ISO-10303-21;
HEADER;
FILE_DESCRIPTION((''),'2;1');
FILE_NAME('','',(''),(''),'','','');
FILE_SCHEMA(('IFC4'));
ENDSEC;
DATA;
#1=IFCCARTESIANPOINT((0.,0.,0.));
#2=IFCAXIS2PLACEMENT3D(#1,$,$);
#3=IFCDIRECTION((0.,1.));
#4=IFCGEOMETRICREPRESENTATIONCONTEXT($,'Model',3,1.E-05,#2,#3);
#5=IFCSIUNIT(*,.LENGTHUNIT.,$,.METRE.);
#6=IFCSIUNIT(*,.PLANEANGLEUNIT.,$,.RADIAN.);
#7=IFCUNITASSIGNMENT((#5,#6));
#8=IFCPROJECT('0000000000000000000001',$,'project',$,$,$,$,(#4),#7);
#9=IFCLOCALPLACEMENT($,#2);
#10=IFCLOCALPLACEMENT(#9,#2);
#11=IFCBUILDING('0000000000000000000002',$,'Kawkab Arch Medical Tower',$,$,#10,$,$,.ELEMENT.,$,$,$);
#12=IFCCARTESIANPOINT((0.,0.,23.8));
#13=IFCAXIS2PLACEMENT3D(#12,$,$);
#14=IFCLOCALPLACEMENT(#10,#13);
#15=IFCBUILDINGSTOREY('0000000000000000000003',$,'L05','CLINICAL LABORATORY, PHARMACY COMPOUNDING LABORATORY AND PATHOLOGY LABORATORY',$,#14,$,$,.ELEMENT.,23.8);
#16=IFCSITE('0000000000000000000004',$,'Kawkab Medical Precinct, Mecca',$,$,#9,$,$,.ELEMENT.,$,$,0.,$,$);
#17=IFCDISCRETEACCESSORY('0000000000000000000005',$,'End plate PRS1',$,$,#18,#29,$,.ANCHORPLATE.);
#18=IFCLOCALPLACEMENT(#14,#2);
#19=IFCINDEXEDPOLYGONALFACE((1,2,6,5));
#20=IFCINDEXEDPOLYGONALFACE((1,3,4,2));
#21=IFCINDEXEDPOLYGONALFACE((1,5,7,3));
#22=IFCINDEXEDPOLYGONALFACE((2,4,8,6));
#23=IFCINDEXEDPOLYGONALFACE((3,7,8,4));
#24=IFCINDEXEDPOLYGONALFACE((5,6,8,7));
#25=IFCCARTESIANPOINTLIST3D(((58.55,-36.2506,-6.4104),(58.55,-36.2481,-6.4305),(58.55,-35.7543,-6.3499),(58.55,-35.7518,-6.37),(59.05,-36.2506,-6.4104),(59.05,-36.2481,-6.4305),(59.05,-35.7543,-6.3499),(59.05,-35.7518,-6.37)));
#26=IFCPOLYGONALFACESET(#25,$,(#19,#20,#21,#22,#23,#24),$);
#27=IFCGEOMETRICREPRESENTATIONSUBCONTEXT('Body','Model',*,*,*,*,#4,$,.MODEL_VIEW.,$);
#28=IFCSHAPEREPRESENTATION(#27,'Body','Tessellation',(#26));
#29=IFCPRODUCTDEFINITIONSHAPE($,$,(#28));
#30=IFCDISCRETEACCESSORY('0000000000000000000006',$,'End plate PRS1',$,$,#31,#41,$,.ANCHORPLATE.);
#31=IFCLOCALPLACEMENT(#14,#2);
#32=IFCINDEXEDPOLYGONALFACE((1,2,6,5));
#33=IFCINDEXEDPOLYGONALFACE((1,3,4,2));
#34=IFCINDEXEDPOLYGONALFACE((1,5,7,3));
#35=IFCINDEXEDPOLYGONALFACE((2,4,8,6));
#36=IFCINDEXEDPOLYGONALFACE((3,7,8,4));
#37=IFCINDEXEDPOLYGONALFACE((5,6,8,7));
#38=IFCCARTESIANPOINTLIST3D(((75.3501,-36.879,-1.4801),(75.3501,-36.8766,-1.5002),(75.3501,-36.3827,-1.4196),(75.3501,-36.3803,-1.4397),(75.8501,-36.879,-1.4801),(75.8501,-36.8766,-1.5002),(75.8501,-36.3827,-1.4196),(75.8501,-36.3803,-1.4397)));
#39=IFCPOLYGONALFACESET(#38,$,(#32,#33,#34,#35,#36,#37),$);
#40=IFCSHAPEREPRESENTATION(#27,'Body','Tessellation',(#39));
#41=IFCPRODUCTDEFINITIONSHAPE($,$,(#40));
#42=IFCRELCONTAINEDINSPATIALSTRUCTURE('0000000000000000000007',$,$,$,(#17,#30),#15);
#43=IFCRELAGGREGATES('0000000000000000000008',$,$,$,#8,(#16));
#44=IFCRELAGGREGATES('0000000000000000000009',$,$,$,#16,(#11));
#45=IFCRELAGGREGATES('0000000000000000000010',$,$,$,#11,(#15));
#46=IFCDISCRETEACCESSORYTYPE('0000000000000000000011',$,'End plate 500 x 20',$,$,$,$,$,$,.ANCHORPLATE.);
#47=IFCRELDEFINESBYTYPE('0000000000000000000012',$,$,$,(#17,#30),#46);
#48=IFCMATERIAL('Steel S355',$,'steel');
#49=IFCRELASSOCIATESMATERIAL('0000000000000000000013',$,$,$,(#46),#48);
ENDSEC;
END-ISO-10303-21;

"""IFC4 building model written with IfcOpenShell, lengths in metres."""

from ifc_helpers import new_model, si_unit, direction, frame, origin, origin_2d, place, context, subcontext, project, spatial, rectangle, extrude, material, material_profile, profile_set, type_object, element, save


model = new_model("IFC4")

# Units and contexts
model_context = context("Model", 3, precision=1e-05, world=origin(), true_north=direction((0.0, 1.0)))
body_context = subcontext(model_context, "Body", "Model", "MODEL_VIEW")
ifc_project = project(units=[si_unit("LENGTHUNIT", "METRE"), si_unit("PLANEANGLEUNIT", "RADIAN")], contexts=[model_context])

# Site, building, storey
site_placement = place(None, origin())
site = spatial("IfcSite", under=ifc_project, at=site_placement, Name="Kawkab Medical Precinct, Mecca", CompositionType="ELEMENT", RefElevation=0.0)
building_placement = place(site_placement, origin())
building = spatial("IfcBuilding", under=site, at=building_placement, Name="Kawkab Arch Medical Tower", CompositionType="ELEMENT")
storey_placement = place(building_placement, frame((0.0, 0.0, 23.8)))
storey = spatial("IfcBuildingStorey", under=building, at=storey_placement, Name="L05", Description="CLINICAL LABORATORY, PHARMACY COMPOUNDING LABORATORY AND PATHOLOGY LABORATORY", CompositionType="ELEMENT", Elevation=23.8)

# Discrete accessories
ifc_material_1 = material(Name="Steel S355", Category="steel")
ifc_material_profile_1 = material_profile(ifc_material_1, rectangle(XDim=0.5, YDim=0.5, at=origin_2d()), Name="End plate 500 x 20")
ifc_profile_set_1 = profile_set([ifc_material_profile_1], Name="Steel S355")
discrete_accessory_type = type_object("IfcDiscreteAccessoryType", Name="End plate 500 x 20", PredefinedType="ANCHORPLATE", material=ifc_profile_set_1)
for number, where, z_axis, x_axis, name in (
    (1, (58.8, -36.0024, -6.3801), (0.0, 0.121054, -0.992646), (-1.0, 0.0, 0.0), "End plate PRS1"),
    (2, (75.6001, -36.6284, -1.47), (0.0, -0.121054, 0.992646), (1.0, 0.0, 0.0), "End plate PRS1"),
):
    element("IfcDiscreteAccessory", number, at=place(storey_placement, frame(where, z_axis=z_axis, x_axis=x_axis)), inside=storey, type_object=discrete_accessory_type, Name=name, PredefinedType="ANCHORPLATE", context=body_context, shape_type="SweptSolid", body=[
        extrude(rectangle(XDim=0.5, YDim=0.5, at=origin_2d()), origin(), (0.0, 0.0, 1.0), 0.0203),
    ])

save(model, "model.ifc")
